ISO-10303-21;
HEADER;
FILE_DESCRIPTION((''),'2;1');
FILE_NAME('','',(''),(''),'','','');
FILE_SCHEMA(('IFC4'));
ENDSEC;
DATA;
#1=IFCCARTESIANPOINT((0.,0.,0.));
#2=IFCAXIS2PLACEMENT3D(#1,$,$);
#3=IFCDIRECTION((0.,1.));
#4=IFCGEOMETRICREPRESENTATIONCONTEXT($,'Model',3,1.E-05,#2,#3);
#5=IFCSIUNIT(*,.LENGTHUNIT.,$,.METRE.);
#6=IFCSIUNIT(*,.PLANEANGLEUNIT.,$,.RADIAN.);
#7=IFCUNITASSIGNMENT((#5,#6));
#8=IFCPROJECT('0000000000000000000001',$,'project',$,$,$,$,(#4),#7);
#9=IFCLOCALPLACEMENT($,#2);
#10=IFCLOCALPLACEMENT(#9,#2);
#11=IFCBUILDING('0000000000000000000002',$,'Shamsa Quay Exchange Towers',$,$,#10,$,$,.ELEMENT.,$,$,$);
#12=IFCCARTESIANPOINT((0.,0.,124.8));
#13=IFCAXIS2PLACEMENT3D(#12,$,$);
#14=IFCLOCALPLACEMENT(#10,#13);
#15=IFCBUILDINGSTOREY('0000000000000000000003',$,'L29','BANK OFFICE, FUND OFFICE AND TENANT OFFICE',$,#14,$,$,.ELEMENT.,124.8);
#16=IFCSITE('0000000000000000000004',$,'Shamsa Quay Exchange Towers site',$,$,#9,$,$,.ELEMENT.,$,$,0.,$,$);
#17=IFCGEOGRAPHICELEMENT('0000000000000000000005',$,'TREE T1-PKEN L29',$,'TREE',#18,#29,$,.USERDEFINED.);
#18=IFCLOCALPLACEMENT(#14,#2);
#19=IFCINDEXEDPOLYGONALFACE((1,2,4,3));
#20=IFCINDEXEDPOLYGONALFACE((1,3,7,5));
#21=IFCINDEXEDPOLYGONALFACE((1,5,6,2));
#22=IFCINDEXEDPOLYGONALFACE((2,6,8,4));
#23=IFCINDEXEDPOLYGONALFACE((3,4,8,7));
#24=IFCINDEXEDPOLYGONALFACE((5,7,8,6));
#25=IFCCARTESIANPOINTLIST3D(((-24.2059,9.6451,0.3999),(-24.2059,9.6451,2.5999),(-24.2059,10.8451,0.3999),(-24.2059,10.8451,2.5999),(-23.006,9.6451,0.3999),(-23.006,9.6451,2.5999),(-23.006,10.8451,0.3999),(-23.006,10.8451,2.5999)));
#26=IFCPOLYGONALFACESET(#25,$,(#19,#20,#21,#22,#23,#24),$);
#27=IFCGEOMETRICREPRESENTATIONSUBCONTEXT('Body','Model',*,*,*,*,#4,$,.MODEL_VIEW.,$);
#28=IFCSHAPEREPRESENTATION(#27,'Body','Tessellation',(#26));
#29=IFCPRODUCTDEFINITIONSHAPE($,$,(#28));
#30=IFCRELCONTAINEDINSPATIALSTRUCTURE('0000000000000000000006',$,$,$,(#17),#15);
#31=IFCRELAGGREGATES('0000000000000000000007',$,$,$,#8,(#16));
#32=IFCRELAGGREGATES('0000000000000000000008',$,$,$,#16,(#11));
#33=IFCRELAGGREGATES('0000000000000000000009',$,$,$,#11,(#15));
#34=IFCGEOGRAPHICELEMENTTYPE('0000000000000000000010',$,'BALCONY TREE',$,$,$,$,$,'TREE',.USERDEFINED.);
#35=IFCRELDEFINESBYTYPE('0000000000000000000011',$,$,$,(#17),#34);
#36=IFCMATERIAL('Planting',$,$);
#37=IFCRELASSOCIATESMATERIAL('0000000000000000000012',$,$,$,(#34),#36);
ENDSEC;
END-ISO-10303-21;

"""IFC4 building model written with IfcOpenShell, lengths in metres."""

from ifc_helpers import new_model, si_unit, direction, frame, origin, origin_2d, place, context, subcontext, project, spatial, rectangle, extrude, material, type_object, element, save


model = new_model("IFC4")

# Units and contexts
model_context = context("Model", 3, precision=1e-05, world=origin(), true_north=direction((0.0, 1.0)))
body_context = subcontext(model_context, "Body", "Model", "MODEL_VIEW")
ifc_project = project(units=[si_unit("LENGTHUNIT", "METRE"), si_unit("PLANEANGLEUNIT", "RADIAN")], contexts=[model_context])

# Site, building, storey
site_placement = place(None, origin())
site = spatial("IfcSite", under=ifc_project, at=site_placement, Name="Shamsa Quay Exchange Towers site", CompositionType="ELEMENT", RefElevation=0.0)
building_placement = place(site_placement, origin())
building = spatial("IfcBuilding", under=site, at=building_placement, Name="Shamsa Quay Exchange Towers", CompositionType="ELEMENT")
storey_placement = place(building_placement, frame((0.0, 0.0, 124.8)))
storey = spatial("IfcBuildingStorey", under=building, at=storey_placement, Name="L29", Description="BANK OFFICE, FUND OFFICE AND TENANT OFFICE", CompositionType="ELEMENT", Elevation=124.8)

# Geographic element
ifc_material_1 = material(Name="Planting")
geographic_element_type = type_object("IfcGeographicElementType", Name="BALCONY TREE", ElementType="TREE", PredefinedType="USERDEFINED", material=ifc_material_1)
geographic_element_placement = place(storey_placement, frame((-23.606, 10.2451, 0.3999), z_axis=(0.0, 0.0, 1.0), x_axis=(-1.0, 0.0, 0.0)))
element("IfcGeographicElement", 1, at=geographic_element_placement, inside=storey, type_object=geographic_element_type, Name="TREE T1-PKEN L29", ObjectType="TREE", PredefinedType="USERDEFINED", context=body_context, shape_type="SweptSolid", body=[
    extrude(rectangle(XDim=1.2, YDim=1.2, at=origin_2d()), origin(), (0.0, 0.0, 1.0), 2.2),
])

save(model, "model.ifc")
